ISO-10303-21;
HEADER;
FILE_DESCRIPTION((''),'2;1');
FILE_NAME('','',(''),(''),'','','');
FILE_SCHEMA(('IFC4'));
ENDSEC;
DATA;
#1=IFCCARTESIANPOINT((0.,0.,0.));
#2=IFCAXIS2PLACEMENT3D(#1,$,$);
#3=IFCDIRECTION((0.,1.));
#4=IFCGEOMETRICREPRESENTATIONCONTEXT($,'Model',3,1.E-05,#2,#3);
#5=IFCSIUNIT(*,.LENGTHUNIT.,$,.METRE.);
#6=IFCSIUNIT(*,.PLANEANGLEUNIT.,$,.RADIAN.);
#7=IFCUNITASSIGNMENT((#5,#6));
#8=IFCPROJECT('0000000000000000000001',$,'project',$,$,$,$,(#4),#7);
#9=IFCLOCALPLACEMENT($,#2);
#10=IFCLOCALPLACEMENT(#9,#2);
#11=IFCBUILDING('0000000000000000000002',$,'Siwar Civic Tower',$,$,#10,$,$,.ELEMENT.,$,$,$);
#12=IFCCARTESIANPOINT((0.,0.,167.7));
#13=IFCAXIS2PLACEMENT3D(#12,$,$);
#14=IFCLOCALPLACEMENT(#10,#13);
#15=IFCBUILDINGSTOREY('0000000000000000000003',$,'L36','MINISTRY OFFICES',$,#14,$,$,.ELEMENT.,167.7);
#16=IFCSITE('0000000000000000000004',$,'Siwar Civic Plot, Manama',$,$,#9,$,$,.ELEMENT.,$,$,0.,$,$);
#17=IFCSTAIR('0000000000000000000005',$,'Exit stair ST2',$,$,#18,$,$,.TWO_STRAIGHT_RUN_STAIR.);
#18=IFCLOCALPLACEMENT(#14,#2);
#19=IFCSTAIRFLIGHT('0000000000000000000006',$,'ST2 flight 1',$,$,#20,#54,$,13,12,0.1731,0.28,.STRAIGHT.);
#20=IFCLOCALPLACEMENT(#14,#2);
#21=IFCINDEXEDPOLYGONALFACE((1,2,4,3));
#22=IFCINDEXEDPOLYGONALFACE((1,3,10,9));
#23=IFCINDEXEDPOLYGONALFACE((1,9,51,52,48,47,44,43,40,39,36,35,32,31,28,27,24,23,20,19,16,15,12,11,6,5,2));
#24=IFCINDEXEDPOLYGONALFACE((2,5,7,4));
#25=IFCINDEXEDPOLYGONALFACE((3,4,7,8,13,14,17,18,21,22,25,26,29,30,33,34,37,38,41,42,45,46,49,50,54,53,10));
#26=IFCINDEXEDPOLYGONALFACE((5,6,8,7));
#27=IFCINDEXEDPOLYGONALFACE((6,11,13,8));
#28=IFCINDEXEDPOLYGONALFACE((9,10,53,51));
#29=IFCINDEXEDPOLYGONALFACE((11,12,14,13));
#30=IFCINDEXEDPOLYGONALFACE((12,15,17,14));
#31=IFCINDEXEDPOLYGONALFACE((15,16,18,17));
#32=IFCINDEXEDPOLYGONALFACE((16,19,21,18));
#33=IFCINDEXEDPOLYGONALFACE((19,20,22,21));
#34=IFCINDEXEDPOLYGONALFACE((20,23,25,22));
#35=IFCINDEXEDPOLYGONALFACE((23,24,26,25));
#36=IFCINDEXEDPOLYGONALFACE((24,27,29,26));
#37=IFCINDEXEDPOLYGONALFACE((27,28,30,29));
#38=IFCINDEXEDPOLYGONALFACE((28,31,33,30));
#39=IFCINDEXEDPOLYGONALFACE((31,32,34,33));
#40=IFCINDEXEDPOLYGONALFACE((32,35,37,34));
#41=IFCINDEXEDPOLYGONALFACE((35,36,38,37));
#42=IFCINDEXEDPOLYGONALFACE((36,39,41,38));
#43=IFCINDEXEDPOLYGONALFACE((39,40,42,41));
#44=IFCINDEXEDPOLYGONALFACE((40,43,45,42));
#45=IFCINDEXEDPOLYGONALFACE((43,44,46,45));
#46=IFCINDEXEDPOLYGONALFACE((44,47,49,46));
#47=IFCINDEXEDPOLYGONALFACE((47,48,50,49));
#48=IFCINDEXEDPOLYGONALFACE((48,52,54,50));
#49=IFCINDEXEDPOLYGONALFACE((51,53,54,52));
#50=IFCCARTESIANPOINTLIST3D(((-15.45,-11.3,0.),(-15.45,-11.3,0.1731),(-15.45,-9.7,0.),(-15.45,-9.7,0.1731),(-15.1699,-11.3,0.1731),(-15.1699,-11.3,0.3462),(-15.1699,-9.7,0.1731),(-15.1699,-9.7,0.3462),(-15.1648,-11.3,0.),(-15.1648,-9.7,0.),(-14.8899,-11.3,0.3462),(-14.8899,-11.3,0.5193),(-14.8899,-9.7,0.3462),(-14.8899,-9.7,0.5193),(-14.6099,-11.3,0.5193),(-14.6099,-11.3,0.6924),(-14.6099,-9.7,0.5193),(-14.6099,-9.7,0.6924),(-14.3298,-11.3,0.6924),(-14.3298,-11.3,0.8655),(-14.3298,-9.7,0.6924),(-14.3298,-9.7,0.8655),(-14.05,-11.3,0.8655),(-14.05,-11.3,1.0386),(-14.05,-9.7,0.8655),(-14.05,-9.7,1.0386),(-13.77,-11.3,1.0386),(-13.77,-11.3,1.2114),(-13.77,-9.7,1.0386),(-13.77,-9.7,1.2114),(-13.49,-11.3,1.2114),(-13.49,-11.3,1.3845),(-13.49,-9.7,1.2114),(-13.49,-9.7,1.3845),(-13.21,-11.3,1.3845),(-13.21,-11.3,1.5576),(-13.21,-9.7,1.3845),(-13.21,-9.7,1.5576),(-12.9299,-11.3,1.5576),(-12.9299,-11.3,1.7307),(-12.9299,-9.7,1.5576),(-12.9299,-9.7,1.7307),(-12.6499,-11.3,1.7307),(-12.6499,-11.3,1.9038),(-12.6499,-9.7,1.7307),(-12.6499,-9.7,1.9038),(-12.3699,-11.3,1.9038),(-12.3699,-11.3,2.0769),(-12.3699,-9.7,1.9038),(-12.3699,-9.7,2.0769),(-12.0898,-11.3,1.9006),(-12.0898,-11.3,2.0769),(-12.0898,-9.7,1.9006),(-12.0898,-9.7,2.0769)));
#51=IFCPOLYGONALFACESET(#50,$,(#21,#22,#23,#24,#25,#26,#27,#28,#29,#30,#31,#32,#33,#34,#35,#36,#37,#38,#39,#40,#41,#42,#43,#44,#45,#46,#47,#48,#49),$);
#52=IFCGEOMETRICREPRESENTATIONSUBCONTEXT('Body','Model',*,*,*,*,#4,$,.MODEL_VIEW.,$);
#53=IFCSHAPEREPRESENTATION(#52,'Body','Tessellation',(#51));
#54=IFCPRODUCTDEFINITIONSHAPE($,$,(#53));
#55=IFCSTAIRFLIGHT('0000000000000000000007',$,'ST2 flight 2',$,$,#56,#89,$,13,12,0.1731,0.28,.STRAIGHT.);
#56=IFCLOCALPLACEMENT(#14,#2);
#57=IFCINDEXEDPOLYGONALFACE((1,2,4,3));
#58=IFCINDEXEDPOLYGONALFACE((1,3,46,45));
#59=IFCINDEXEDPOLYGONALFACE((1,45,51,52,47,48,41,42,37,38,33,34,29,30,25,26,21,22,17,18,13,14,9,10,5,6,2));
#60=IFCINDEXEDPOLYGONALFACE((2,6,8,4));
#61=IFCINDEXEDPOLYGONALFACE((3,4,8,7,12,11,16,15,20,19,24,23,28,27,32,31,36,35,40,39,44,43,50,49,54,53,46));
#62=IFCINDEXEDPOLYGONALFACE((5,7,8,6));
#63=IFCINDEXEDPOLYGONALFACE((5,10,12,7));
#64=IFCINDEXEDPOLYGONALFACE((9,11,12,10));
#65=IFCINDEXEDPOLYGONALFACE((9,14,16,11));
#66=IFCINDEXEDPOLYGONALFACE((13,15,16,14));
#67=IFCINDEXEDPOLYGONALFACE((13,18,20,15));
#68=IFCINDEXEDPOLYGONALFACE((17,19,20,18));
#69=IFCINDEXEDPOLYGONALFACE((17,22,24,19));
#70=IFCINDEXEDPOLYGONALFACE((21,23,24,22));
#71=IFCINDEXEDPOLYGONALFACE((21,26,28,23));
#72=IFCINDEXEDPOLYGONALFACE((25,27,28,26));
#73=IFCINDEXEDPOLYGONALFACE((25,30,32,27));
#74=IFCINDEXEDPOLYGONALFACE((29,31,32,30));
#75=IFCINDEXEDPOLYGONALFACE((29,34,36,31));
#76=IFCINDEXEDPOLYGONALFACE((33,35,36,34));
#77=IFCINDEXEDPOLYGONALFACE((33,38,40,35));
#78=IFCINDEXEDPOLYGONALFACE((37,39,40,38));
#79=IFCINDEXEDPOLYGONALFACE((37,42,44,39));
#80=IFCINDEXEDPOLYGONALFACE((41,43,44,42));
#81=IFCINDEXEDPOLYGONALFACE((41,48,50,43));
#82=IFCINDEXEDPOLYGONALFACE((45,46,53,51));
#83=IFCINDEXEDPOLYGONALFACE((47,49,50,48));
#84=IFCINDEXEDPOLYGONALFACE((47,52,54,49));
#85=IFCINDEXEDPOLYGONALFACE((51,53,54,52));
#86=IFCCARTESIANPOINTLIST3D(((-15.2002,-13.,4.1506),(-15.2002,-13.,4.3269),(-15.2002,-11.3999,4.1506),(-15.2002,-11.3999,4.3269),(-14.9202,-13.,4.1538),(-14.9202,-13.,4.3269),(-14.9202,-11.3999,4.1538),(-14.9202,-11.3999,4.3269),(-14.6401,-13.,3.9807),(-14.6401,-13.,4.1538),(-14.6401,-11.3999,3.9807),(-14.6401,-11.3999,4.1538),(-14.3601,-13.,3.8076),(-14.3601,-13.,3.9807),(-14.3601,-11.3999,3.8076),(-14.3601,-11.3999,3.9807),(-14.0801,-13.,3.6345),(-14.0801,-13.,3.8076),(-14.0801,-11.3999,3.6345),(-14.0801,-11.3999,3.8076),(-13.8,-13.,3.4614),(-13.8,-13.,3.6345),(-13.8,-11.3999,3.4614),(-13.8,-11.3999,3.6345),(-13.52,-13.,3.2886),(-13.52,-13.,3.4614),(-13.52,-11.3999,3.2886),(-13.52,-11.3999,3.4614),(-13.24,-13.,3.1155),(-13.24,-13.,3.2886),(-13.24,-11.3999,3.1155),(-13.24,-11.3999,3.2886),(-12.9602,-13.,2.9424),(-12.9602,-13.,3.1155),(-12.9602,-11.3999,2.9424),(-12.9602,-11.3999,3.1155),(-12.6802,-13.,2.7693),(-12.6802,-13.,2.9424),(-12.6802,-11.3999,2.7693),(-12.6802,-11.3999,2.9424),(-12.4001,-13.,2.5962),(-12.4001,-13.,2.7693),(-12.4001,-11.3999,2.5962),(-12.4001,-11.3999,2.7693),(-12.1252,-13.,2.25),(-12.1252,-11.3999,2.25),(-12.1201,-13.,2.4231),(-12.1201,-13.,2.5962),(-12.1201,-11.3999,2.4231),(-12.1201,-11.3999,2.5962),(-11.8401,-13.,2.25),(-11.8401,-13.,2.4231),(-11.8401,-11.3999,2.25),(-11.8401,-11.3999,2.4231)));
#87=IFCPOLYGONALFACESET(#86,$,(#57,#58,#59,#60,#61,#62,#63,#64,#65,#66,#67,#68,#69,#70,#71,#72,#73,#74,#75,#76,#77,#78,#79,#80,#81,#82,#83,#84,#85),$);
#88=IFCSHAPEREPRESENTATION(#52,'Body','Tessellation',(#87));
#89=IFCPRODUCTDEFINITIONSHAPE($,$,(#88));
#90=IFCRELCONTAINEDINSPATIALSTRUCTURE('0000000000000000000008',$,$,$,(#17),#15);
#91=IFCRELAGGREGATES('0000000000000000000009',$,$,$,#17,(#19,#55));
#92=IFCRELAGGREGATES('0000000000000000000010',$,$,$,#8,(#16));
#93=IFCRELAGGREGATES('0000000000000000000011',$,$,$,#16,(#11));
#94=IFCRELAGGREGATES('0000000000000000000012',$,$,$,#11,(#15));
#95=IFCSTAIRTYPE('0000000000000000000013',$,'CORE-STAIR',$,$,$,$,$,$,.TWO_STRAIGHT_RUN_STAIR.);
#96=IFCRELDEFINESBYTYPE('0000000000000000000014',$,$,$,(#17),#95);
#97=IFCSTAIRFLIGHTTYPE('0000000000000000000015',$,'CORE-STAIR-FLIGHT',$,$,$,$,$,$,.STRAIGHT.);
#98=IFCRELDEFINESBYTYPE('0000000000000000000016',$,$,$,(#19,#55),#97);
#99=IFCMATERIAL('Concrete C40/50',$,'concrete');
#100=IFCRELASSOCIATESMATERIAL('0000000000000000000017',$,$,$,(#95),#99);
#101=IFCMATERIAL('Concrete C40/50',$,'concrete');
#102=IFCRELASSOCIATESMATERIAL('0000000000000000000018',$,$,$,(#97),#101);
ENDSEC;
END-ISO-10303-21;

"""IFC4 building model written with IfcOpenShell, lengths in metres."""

from ifc_helpers import new_model, si_unit, direction, frame, origin, place, context, subcontext, project, spatial, polyline, outline, extrude, material, type_object, element, aggregate, save


model = new_model("IFC4")

# Units and contexts
model_context = context("Model", 3, precision=1e-05, world=origin(), true_north=direction((0.0, 1.0)))
body_context = subcontext(model_context, "Body", "Model", "MODEL_VIEW")
ifc_project = project(units=[si_unit("LENGTHUNIT", "METRE"), si_unit("PLANEANGLEUNIT", "RADIAN")], contexts=[model_context])

# Site, building, storey
site_placement = place(None, origin())
site = spatial("IfcSite", under=ifc_project, at=site_placement, Name="Siwar Civic Plot, Manama", CompositionType="ELEMENT", RefElevation=0.0)
building_placement = place(site_placement, origin())
building = spatial("IfcBuilding", under=site, at=building_placement, Name="Siwar Civic Tower", CompositionType="ELEMENT")
storey_placement = place(building_placement, frame((0.0, 0.0, 167.7)))
storey = spatial("IfcBuildingStorey", under=building, at=storey_placement, Name="L36", Description="MINISTRY OFFICES", CompositionType="ELEMENT", Elevation=167.7)

# Stair, stair flights
ifc_material_1 = material(Name="Concrete C40/50", Category="concrete")
stair_type = type_object("IfcStairType", Name="CORE-STAIR", PredefinedType="TWO_STRAIGHT_RUN_STAIR", material=ifc_material_1)
stair_placement = place(storey_placement, origin())
stair = element("IfcStair", 1, at=stair_placement, inside=storey, type_object=stair_type, Name="Exit stair ST2", PredefinedType="TWO_STRAIGHT_RUN_STAIR")
ifc_material_2 = material(Name="Concrete C40/50", Category="concrete")
stair_flight_type = type_object("IfcStairFlightType", Name="CORE-STAIR-FLIGHT", PredefinedType="STRAIGHT", material=ifc_material_2)
stair_flight_1_placement = place(storey_placement, frame((-15.45, -10.5, 0.0), z_axis=(0.0, 0.0, 1.0), x_axis=(1.0, 0.0, 0.0)))
stair_flight_1 = element("IfcStairFlight", 2, at=stair_flight_1_placement, type_object=stair_flight_type, Name="ST2 flight 1", NumberOfRisers=13, NumberOfTreads=12, PredefinedType="STRAIGHT", RiserHeight=0.1731, TreadLength=0.28, context=body_context, shape_type="SweptSolid", body=[
    extrude(outline(polyline([(0.0, 0.0), (0.0, 0.1731), (0.28, 0.1731), (0.28, 0.3462), (0.5601, 0.3462), (0.5601, 0.5193), (0.8401, 0.5193), (0.8401, 0.6924), (1.1201, 0.6924), (1.1201, 0.8655), (1.3999, 0.8655), (1.3999, 1.0386), (1.6799, 1.0386), (1.6799, 1.2114), (1.96, 1.2114), (1.96, 1.3845), (2.24, 1.3845), (2.24, 1.5576), (2.52, 1.5576), (2.52, 1.7307), (2.8, 1.7307), (2.8, 1.9038), (3.0801, 1.9038), (3.0801, 2.0769), (3.3601, 2.0769), (3.3601, 2.25), (3.3601, 1.9006), (0.2852, 0.0), (0.0, 0.0)])), frame((0.0, 0.8, 0.0), z_axis=(0.0, -1.0, 0.0), x_axis=(1.0, 0.0, 0.0)), (0.0, 0.0, 1.0), 1.6001),
])
stair_flight_2_placement = place(storey_placement, frame((-11.8401, -12.2, 2.25), z_axis=(0.0, 0.0, 1.0), x_axis=(-1.0, 0.0, 0.0)))
stair_flight_2 = element("IfcStairFlight", 3, at=stair_flight_2_placement, type_object=stair_flight_type, Name="ST2 flight 2", NumberOfRisers=13, NumberOfTreads=12, PredefinedType="STRAIGHT", RiserHeight=0.1731, TreadLength=0.28, context=body_context, shape_type="SweptSolid", body=[
    extrude(outline(polyline([(0.0, 0.0), (0.0, 0.1731), (0.28, 0.1731), (0.28, 0.3462), (0.5601, 0.3462), (0.5601, 0.5193), (0.8401, 0.5193), (0.8401, 0.6924), (1.1201, 0.6924), (1.1201, 0.8655), (1.3999, 0.8655), (1.3999, 1.0386), (1.6799, 1.0386), (1.6799, 1.2114), (1.96, 1.2114), (1.96, 1.3845), (2.24, 1.3845), (2.24, 1.5576), (2.52, 1.5576), (2.52, 1.7307), (2.8, 1.7307), (2.8, 1.9038), (3.0801, 1.9038), (3.0801, 2.0769), (3.3601, 2.0769), (3.3601, 2.25), (3.3601, 1.9006), (0.2852, 0.0), (0.0, 0.0)])), frame((0.0, 0.8, 0.0), z_axis=(0.0, -1.0, 0.0), x_axis=(1.0, 0.0, 0.0)), (0.0, 0.0, 1.0), 1.6001),
])
aggregate(stair, [stair_flight_1, stair_flight_2])

save(model, "model.ifc")
